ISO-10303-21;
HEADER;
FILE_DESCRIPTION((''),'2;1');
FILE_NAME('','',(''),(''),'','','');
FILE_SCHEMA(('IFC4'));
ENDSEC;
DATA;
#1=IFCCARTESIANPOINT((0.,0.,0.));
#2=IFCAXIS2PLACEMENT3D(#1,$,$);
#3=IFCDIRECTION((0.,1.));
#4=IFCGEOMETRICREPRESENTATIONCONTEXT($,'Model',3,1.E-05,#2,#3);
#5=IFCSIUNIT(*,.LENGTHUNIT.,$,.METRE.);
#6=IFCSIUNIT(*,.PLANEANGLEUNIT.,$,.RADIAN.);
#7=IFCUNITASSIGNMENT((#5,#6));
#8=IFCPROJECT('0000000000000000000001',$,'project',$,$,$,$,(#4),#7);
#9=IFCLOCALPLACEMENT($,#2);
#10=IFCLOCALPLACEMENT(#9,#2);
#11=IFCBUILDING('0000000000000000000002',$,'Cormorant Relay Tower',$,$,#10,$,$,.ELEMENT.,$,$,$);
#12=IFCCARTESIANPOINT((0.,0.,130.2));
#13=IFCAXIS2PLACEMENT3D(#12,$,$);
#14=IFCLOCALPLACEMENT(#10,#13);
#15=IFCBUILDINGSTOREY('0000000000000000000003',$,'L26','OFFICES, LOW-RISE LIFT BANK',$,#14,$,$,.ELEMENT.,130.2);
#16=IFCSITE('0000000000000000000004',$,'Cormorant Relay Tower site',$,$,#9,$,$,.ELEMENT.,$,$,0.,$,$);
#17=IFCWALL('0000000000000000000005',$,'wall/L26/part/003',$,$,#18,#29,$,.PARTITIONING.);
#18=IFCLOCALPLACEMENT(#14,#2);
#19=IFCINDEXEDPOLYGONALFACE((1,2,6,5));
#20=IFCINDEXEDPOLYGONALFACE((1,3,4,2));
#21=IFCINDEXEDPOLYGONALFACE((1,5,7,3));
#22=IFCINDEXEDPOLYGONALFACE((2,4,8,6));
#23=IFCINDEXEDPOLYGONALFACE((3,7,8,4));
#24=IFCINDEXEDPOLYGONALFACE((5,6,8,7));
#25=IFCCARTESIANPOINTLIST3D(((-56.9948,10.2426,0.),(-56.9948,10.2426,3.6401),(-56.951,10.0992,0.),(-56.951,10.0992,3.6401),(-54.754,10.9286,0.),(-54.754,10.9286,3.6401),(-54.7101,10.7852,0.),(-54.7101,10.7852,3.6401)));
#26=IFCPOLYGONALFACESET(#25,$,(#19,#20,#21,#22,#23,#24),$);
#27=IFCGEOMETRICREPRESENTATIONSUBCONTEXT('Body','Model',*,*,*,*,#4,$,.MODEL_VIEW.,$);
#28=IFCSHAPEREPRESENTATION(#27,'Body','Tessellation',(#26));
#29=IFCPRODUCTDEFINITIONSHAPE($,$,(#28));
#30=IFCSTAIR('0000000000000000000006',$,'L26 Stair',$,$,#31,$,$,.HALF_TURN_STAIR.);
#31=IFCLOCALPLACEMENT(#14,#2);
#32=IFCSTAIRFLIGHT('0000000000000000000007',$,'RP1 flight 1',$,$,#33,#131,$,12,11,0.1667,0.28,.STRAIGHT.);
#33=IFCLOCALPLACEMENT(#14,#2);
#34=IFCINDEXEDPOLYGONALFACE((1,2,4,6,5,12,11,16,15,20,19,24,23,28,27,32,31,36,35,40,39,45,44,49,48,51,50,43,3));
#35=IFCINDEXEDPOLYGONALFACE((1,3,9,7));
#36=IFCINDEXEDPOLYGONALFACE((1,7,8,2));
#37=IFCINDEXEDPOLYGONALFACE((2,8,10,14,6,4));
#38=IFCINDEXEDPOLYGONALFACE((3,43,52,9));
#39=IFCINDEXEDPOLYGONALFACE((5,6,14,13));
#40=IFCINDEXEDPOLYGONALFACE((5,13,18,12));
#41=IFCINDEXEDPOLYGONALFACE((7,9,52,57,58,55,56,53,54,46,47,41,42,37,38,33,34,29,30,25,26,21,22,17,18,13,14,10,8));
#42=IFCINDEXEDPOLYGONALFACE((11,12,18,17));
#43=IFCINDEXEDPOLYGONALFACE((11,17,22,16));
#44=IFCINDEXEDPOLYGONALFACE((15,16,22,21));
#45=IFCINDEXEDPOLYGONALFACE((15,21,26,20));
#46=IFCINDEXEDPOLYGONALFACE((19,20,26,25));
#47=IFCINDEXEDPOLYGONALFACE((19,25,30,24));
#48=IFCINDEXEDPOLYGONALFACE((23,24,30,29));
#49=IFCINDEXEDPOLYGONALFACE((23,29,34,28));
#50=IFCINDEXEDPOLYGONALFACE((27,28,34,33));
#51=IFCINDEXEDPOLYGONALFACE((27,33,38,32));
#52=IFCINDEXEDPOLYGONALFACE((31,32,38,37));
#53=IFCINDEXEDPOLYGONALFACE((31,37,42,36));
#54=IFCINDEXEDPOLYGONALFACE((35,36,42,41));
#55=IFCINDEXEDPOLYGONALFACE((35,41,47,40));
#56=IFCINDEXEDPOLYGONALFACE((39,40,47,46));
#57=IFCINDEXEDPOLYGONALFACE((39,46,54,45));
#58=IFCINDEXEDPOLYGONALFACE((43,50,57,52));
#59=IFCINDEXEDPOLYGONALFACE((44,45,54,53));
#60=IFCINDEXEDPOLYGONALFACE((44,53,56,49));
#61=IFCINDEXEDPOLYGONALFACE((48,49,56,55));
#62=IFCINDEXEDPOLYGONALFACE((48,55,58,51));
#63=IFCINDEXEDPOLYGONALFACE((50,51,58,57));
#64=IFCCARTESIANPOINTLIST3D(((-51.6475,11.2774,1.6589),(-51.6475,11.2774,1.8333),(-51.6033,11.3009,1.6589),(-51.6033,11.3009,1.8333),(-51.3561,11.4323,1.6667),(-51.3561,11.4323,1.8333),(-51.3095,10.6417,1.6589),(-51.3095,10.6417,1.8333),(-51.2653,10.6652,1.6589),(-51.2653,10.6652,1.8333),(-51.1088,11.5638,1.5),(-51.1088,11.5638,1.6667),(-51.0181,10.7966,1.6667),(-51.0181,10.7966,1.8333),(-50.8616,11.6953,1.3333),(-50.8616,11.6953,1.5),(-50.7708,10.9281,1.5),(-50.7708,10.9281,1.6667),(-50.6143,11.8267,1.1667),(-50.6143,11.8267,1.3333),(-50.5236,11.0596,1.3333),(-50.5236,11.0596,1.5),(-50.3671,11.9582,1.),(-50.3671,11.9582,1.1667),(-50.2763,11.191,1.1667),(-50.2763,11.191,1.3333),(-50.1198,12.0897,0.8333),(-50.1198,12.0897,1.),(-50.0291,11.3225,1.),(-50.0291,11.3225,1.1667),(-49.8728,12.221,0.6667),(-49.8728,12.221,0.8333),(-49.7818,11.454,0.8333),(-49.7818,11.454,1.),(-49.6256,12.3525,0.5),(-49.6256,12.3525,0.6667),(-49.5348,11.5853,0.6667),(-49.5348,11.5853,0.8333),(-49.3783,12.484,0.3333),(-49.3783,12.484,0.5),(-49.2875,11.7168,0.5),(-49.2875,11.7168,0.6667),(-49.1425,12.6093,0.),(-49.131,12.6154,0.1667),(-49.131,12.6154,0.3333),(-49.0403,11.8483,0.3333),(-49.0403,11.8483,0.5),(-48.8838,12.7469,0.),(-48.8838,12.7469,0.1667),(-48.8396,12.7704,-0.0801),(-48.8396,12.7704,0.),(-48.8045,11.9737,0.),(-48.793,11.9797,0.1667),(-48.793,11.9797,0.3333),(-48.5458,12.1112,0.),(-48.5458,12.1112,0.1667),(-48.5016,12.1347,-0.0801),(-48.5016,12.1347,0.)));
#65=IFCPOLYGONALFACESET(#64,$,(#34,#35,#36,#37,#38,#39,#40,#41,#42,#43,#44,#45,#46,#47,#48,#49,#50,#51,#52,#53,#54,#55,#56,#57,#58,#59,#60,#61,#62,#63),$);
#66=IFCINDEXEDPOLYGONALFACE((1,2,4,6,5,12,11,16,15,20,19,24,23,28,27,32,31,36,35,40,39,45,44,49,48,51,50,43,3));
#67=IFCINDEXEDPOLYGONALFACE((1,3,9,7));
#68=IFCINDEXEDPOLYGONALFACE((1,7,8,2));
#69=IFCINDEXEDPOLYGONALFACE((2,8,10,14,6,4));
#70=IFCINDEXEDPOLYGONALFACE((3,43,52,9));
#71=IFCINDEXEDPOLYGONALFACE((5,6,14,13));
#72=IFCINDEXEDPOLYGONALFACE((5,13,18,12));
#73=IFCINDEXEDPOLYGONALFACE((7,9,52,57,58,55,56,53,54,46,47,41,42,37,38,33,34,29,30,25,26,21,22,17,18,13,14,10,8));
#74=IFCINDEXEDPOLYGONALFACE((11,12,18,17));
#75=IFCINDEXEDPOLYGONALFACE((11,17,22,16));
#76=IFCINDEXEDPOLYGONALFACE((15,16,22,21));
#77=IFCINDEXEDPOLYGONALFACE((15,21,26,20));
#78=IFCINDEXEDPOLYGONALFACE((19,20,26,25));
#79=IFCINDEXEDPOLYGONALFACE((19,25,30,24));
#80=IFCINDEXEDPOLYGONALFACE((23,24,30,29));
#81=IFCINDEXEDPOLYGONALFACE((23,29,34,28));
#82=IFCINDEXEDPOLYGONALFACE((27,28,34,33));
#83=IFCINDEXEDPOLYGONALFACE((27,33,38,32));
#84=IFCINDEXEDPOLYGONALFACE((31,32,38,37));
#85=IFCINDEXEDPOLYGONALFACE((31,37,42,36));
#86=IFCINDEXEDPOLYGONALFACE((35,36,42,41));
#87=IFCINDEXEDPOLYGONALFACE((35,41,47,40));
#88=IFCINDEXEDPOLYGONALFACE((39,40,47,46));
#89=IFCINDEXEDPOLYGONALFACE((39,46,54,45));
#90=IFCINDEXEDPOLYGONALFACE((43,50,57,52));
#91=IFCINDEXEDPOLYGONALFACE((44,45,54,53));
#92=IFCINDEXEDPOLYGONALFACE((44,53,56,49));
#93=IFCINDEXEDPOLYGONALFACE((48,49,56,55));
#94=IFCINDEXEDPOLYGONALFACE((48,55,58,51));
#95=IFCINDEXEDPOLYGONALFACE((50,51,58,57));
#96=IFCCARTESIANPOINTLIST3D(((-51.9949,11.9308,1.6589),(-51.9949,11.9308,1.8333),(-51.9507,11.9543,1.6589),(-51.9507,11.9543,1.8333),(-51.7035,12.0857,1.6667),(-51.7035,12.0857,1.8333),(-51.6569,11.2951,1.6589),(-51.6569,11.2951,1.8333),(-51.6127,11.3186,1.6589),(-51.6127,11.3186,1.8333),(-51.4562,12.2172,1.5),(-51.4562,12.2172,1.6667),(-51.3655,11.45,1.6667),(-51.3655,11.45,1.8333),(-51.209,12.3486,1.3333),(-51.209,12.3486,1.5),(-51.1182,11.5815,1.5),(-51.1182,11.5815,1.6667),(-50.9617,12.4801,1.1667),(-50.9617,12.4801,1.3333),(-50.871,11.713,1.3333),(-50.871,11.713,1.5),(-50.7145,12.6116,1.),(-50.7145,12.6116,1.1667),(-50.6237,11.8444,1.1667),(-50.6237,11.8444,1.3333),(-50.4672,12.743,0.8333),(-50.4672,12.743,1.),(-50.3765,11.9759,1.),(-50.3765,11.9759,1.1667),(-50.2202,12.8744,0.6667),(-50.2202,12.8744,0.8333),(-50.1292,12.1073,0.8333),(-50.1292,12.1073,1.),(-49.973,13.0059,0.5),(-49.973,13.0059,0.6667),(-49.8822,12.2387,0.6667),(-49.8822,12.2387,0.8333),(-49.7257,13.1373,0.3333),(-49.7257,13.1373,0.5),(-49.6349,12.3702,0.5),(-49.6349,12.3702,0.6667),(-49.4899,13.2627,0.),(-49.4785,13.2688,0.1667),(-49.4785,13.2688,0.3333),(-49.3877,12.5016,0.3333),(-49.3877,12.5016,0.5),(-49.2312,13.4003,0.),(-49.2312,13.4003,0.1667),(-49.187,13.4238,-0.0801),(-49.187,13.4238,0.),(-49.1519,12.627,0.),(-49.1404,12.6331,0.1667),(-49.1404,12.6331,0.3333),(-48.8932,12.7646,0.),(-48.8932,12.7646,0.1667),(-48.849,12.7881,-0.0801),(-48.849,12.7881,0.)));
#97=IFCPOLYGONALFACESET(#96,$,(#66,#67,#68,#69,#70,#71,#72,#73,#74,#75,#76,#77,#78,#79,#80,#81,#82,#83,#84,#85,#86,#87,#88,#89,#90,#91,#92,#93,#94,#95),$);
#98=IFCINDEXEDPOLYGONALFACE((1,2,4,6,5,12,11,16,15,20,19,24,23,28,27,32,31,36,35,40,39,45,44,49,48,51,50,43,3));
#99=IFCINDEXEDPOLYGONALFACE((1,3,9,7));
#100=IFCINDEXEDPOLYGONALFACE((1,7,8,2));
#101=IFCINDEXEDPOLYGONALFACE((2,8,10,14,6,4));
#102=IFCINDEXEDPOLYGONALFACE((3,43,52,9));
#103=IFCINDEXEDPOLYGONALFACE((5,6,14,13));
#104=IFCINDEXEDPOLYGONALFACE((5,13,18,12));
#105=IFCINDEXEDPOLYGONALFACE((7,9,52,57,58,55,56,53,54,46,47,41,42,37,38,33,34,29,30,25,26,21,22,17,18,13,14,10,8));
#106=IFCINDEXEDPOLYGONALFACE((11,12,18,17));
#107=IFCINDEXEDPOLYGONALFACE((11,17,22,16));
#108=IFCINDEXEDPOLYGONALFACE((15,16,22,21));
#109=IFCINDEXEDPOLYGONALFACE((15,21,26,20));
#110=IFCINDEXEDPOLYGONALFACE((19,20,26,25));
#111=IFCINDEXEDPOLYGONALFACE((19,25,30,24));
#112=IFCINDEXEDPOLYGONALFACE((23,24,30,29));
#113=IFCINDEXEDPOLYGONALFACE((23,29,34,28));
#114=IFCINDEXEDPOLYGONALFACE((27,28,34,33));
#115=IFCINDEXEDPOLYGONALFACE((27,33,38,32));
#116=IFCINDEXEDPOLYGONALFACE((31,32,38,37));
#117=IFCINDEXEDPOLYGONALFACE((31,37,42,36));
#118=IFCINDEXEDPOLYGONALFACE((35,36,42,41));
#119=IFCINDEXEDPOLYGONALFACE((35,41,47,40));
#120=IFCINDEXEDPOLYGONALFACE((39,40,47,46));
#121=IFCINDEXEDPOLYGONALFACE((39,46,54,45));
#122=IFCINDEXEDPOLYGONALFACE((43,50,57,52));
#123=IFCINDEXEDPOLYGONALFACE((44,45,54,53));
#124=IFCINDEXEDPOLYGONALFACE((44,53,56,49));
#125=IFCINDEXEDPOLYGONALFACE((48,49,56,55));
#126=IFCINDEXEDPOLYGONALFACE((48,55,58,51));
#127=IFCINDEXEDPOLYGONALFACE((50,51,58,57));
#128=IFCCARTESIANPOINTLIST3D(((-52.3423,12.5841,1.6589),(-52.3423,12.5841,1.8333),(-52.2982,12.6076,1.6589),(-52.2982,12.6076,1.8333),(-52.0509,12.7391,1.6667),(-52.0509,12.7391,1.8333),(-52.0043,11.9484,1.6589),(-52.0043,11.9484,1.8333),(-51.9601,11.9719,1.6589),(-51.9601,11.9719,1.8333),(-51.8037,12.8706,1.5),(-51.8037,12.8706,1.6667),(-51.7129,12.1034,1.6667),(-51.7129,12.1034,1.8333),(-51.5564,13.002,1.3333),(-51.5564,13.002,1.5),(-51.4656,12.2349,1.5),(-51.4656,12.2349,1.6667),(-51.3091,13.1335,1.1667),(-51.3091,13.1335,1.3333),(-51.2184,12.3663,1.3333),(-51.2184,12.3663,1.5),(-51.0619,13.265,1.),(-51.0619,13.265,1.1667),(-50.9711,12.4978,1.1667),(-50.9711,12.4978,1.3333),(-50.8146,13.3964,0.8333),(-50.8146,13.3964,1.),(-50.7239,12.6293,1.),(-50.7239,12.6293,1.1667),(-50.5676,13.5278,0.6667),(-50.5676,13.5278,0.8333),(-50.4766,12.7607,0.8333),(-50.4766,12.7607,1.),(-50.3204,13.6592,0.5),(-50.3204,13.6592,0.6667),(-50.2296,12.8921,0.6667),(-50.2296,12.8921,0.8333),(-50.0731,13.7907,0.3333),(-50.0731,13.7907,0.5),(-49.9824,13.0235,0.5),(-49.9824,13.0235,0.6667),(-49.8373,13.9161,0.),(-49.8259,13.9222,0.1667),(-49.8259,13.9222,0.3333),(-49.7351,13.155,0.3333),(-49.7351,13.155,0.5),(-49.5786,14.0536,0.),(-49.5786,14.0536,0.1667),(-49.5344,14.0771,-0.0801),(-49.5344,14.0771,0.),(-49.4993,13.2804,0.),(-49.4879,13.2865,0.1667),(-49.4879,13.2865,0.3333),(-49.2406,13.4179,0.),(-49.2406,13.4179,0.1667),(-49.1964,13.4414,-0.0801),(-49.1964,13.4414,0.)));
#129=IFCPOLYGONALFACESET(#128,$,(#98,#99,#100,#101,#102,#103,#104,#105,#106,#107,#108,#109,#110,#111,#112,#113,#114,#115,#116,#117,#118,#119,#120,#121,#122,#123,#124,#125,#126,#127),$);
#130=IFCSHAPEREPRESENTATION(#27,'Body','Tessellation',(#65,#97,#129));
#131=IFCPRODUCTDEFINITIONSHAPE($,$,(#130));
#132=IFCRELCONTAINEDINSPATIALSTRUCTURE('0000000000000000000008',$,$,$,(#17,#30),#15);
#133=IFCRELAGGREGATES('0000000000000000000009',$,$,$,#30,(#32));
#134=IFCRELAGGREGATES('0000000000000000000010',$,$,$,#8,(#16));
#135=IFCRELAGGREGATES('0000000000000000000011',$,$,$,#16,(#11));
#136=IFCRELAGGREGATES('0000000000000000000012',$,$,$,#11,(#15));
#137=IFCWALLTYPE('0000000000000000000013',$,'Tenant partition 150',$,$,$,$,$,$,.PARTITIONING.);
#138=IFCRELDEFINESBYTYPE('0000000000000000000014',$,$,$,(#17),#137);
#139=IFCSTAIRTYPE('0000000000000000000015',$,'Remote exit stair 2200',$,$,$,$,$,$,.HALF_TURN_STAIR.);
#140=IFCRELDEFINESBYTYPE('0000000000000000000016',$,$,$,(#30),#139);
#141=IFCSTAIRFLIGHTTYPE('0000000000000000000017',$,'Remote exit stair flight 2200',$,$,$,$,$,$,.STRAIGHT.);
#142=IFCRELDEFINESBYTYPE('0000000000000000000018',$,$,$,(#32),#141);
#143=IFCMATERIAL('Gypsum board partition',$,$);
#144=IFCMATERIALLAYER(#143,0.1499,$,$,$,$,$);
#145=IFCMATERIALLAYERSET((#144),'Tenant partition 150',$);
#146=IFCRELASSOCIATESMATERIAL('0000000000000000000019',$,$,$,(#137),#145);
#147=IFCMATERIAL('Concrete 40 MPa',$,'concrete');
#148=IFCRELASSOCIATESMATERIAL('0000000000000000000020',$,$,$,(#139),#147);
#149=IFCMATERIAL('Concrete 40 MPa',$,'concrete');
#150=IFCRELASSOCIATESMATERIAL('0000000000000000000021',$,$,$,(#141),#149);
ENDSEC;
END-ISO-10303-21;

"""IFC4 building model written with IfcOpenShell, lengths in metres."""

from ifc_helpers import new_model, si_unit, direction, frame, frame_2d, origin, place, context, subcontext, project, spatial, polyline, rectangle, outline, extrude, material, layer, layer_set, type_object, element, aggregate, save


model = new_model("IFC4")

# Units and contexts
model_context = context("Model", 3, precision=1e-05, world=origin(), true_north=direction((0.0, 1.0)))
body_context = subcontext(model_context, "Body", "Model", "MODEL_VIEW")
ifc_project = project(units=[si_unit("LENGTHUNIT", "METRE"), si_unit("PLANEANGLEUNIT", "RADIAN")], contexts=[model_context])

# Site, building, storey
site_placement = place(None, origin())
site = spatial("IfcSite", under=ifc_project, at=site_placement, Name="Cormorant Relay Tower site", CompositionType="ELEMENT", RefElevation=0.0)
building_placement = place(site_placement, origin())
building = spatial("IfcBuilding", under=site, at=building_placement, Name="Cormorant Relay Tower", CompositionType="ELEMENT")
storey_placement = place(building_placement, frame((0.0, 0.0, 130.2)))
storey = spatial("IfcBuildingStorey", under=building, at=storey_placement, Name="L26", Description="OFFICES, LOW-RISE LIFT BANK", CompositionType="ELEMENT", Elevation=130.2)

# Wall
ifc_material_1 = material(Name="Gypsum board partition")
ifc_layer_1 = layer(ifc_material_1, 0.1499)
ifc_layer_set_1 = layer_set([ifc_layer_1], Name="Tenant partition 150")
wall_type_1 = type_object("IfcWallType", Name="Tenant partition 150", PredefinedType="PARTITIONING", material=ifc_layer_set_1)
wall_1_placement = place(storey_placement, frame((-54.7319, 10.8569, 0.0), z_axis=(0.0, 0.0, 1.0), x_axis=(-0.956197, -0.292724, 0.0)))
element("IfcWall", 1, at=wall_1_placement, inside=storey, type_object=wall_type_1, Name="wall/L26/part/003", PredefinedType="PARTITIONING", context=body_context, shape_type="SweptSolid", body=[
    extrude(rectangle(XDim=2.3435, YDim=0.1499, at=frame_2d((1.1719, 0.0))), origin(), (0.0, 0.0, 1.0), 3.6401),
])

# Stair, stair flight
ifc_material_2 = material(Name="Concrete 40 MPa", Category="concrete")
stair_type = type_object("IfcStairType", Name="Remote exit stair 2200", PredefinedType="HALF_TURN_STAIR", material=ifc_material_2)
stair_placement = place(storey_placement, origin())
stair = element("IfcStair", 2, at=stair_placement, inside=storey, type_object=stair_type, Name="L26 Stair", PredefinedType="HALF_TURN_STAIR")
ifc_material_3 = material(Name="Concrete 40 MPa", Category="concrete")
stair_flight_type = type_object("IfcStairFlightType", Name="Remote exit stair flight 2200", PredefinedType="STRAIGHT", material=ifc_material_3)
stair_flight_1_placement = place(storey_placement, frame((-49.0623, 13.0825, 0.0), z_axis=(0.0, 0.0, 1.0), x_axis=(-0.882948, -0.469472, 0.0)))
stair_flight_1 = element("IfcStairFlight", 3, at=stair_flight_1_placement, type_object=stair_flight_type, Name="RP1 flight 1", NumberOfRisers=12, NumberOfTreads=11, PredefinedType="STRAIGHT", RiserHeight=0.1667, TreadLength=0.28, context=body_context, shape_type="SweptSolid", body=[
    extrude(outline(polyline([(-0.05, -0.0801), (-0.05, 0.0), (0.0, 0.0), (0.0, 0.1667), (0.28, 0.1667), (0.28, 0.3333), (0.5601, 0.3333), (0.5601, 0.5), (0.8401, 0.5), (0.8401, 0.6667), (1.1201, 0.6667), (1.1201, 0.8333), (1.3999, 0.8333), (1.3999, 1.0), (1.6799, 1.0), (1.6799, 1.1667), (1.96, 1.1667), (1.96, 1.3333), (2.24, 1.3333), (2.24, 1.5), (2.52, 1.5), (2.52, 1.6667), (2.8, 1.6667), (2.8, 1.8333), (3.0801, 1.8333), (3.1301, 1.8333), (3.1301, 1.6589), (3.0801, 1.6589), (0.293, 0.0), (-0.05, -0.0801)])), frame((0.0, 1.1001, 0.0), z_axis=(0.0, -1.0, 0.0), x_axis=(1.0, 0.0, 0.0)), (0.0, 0.0, 1.0), 0.72),
    extrude(outline(polyline([(-0.05, -0.0801), (-0.05, 0.0), (0.0, 0.0), (0.0, 0.1667), (0.28, 0.1667), (0.28, 0.3333), (0.5601, 0.3333), (0.5601, 0.5), (0.8401, 0.5), (0.8401, 0.6667), (1.1201, 0.6667), (1.1201, 0.8333), (1.3999, 0.8333), (1.3999, 1.0), (1.6799, 1.0), (1.6799, 1.1667), (1.96, 1.1667), (1.96, 1.3333), (2.24, 1.3333), (2.24, 1.5), (2.52, 1.5), (2.52, 1.6667), (2.8, 1.6667), (2.8, 1.8333), (3.0801, 1.8333), (3.1301, 1.8333), (3.1301, 1.6589), (3.0801, 1.6589), (0.293, 0.0), (-0.05, -0.0801)])), frame((0.0, 0.3601, 0.0), z_axis=(0.0, -1.0, 0.0), x_axis=(1.0, 0.0, 0.0)), (0.0, 0.0, 1.0), 0.72),
    extrude(outline(polyline([(-0.05, -0.0801), (-0.05, 0.0), (0.0, 0.0), (0.0, 0.1667), (0.28, 0.1667), (0.28, 0.3333), (0.5601, 0.3333), (0.5601, 0.5), (0.8401, 0.5), (0.8401, 0.6667), (1.1201, 0.6667), (1.1201, 0.8333), (1.3999, 0.8333), (1.3999, 1.0), (1.6799, 1.0), (1.6799, 1.1667), (1.96, 1.1667), (1.96, 1.3333), (2.24, 1.3333), (2.24, 1.5), (2.52, 1.5), (2.52, 1.6667), (2.8, 1.6667), (2.8, 1.8333), (3.0801, 1.8333), (3.1301, 1.8333), (3.1301, 1.6589), (3.0801, 1.6589), (0.293, 0.0), (-0.05, -0.0801)])), frame((0.0, -0.3799, 0.0), z_axis=(0.0, -1.0, 0.0), x_axis=(1.0, 0.0, 0.0)), (0.0, 0.0, 1.0), 0.72),
])
aggregate(stair, [stair_flight_1])

save(model, "model.ifc")
